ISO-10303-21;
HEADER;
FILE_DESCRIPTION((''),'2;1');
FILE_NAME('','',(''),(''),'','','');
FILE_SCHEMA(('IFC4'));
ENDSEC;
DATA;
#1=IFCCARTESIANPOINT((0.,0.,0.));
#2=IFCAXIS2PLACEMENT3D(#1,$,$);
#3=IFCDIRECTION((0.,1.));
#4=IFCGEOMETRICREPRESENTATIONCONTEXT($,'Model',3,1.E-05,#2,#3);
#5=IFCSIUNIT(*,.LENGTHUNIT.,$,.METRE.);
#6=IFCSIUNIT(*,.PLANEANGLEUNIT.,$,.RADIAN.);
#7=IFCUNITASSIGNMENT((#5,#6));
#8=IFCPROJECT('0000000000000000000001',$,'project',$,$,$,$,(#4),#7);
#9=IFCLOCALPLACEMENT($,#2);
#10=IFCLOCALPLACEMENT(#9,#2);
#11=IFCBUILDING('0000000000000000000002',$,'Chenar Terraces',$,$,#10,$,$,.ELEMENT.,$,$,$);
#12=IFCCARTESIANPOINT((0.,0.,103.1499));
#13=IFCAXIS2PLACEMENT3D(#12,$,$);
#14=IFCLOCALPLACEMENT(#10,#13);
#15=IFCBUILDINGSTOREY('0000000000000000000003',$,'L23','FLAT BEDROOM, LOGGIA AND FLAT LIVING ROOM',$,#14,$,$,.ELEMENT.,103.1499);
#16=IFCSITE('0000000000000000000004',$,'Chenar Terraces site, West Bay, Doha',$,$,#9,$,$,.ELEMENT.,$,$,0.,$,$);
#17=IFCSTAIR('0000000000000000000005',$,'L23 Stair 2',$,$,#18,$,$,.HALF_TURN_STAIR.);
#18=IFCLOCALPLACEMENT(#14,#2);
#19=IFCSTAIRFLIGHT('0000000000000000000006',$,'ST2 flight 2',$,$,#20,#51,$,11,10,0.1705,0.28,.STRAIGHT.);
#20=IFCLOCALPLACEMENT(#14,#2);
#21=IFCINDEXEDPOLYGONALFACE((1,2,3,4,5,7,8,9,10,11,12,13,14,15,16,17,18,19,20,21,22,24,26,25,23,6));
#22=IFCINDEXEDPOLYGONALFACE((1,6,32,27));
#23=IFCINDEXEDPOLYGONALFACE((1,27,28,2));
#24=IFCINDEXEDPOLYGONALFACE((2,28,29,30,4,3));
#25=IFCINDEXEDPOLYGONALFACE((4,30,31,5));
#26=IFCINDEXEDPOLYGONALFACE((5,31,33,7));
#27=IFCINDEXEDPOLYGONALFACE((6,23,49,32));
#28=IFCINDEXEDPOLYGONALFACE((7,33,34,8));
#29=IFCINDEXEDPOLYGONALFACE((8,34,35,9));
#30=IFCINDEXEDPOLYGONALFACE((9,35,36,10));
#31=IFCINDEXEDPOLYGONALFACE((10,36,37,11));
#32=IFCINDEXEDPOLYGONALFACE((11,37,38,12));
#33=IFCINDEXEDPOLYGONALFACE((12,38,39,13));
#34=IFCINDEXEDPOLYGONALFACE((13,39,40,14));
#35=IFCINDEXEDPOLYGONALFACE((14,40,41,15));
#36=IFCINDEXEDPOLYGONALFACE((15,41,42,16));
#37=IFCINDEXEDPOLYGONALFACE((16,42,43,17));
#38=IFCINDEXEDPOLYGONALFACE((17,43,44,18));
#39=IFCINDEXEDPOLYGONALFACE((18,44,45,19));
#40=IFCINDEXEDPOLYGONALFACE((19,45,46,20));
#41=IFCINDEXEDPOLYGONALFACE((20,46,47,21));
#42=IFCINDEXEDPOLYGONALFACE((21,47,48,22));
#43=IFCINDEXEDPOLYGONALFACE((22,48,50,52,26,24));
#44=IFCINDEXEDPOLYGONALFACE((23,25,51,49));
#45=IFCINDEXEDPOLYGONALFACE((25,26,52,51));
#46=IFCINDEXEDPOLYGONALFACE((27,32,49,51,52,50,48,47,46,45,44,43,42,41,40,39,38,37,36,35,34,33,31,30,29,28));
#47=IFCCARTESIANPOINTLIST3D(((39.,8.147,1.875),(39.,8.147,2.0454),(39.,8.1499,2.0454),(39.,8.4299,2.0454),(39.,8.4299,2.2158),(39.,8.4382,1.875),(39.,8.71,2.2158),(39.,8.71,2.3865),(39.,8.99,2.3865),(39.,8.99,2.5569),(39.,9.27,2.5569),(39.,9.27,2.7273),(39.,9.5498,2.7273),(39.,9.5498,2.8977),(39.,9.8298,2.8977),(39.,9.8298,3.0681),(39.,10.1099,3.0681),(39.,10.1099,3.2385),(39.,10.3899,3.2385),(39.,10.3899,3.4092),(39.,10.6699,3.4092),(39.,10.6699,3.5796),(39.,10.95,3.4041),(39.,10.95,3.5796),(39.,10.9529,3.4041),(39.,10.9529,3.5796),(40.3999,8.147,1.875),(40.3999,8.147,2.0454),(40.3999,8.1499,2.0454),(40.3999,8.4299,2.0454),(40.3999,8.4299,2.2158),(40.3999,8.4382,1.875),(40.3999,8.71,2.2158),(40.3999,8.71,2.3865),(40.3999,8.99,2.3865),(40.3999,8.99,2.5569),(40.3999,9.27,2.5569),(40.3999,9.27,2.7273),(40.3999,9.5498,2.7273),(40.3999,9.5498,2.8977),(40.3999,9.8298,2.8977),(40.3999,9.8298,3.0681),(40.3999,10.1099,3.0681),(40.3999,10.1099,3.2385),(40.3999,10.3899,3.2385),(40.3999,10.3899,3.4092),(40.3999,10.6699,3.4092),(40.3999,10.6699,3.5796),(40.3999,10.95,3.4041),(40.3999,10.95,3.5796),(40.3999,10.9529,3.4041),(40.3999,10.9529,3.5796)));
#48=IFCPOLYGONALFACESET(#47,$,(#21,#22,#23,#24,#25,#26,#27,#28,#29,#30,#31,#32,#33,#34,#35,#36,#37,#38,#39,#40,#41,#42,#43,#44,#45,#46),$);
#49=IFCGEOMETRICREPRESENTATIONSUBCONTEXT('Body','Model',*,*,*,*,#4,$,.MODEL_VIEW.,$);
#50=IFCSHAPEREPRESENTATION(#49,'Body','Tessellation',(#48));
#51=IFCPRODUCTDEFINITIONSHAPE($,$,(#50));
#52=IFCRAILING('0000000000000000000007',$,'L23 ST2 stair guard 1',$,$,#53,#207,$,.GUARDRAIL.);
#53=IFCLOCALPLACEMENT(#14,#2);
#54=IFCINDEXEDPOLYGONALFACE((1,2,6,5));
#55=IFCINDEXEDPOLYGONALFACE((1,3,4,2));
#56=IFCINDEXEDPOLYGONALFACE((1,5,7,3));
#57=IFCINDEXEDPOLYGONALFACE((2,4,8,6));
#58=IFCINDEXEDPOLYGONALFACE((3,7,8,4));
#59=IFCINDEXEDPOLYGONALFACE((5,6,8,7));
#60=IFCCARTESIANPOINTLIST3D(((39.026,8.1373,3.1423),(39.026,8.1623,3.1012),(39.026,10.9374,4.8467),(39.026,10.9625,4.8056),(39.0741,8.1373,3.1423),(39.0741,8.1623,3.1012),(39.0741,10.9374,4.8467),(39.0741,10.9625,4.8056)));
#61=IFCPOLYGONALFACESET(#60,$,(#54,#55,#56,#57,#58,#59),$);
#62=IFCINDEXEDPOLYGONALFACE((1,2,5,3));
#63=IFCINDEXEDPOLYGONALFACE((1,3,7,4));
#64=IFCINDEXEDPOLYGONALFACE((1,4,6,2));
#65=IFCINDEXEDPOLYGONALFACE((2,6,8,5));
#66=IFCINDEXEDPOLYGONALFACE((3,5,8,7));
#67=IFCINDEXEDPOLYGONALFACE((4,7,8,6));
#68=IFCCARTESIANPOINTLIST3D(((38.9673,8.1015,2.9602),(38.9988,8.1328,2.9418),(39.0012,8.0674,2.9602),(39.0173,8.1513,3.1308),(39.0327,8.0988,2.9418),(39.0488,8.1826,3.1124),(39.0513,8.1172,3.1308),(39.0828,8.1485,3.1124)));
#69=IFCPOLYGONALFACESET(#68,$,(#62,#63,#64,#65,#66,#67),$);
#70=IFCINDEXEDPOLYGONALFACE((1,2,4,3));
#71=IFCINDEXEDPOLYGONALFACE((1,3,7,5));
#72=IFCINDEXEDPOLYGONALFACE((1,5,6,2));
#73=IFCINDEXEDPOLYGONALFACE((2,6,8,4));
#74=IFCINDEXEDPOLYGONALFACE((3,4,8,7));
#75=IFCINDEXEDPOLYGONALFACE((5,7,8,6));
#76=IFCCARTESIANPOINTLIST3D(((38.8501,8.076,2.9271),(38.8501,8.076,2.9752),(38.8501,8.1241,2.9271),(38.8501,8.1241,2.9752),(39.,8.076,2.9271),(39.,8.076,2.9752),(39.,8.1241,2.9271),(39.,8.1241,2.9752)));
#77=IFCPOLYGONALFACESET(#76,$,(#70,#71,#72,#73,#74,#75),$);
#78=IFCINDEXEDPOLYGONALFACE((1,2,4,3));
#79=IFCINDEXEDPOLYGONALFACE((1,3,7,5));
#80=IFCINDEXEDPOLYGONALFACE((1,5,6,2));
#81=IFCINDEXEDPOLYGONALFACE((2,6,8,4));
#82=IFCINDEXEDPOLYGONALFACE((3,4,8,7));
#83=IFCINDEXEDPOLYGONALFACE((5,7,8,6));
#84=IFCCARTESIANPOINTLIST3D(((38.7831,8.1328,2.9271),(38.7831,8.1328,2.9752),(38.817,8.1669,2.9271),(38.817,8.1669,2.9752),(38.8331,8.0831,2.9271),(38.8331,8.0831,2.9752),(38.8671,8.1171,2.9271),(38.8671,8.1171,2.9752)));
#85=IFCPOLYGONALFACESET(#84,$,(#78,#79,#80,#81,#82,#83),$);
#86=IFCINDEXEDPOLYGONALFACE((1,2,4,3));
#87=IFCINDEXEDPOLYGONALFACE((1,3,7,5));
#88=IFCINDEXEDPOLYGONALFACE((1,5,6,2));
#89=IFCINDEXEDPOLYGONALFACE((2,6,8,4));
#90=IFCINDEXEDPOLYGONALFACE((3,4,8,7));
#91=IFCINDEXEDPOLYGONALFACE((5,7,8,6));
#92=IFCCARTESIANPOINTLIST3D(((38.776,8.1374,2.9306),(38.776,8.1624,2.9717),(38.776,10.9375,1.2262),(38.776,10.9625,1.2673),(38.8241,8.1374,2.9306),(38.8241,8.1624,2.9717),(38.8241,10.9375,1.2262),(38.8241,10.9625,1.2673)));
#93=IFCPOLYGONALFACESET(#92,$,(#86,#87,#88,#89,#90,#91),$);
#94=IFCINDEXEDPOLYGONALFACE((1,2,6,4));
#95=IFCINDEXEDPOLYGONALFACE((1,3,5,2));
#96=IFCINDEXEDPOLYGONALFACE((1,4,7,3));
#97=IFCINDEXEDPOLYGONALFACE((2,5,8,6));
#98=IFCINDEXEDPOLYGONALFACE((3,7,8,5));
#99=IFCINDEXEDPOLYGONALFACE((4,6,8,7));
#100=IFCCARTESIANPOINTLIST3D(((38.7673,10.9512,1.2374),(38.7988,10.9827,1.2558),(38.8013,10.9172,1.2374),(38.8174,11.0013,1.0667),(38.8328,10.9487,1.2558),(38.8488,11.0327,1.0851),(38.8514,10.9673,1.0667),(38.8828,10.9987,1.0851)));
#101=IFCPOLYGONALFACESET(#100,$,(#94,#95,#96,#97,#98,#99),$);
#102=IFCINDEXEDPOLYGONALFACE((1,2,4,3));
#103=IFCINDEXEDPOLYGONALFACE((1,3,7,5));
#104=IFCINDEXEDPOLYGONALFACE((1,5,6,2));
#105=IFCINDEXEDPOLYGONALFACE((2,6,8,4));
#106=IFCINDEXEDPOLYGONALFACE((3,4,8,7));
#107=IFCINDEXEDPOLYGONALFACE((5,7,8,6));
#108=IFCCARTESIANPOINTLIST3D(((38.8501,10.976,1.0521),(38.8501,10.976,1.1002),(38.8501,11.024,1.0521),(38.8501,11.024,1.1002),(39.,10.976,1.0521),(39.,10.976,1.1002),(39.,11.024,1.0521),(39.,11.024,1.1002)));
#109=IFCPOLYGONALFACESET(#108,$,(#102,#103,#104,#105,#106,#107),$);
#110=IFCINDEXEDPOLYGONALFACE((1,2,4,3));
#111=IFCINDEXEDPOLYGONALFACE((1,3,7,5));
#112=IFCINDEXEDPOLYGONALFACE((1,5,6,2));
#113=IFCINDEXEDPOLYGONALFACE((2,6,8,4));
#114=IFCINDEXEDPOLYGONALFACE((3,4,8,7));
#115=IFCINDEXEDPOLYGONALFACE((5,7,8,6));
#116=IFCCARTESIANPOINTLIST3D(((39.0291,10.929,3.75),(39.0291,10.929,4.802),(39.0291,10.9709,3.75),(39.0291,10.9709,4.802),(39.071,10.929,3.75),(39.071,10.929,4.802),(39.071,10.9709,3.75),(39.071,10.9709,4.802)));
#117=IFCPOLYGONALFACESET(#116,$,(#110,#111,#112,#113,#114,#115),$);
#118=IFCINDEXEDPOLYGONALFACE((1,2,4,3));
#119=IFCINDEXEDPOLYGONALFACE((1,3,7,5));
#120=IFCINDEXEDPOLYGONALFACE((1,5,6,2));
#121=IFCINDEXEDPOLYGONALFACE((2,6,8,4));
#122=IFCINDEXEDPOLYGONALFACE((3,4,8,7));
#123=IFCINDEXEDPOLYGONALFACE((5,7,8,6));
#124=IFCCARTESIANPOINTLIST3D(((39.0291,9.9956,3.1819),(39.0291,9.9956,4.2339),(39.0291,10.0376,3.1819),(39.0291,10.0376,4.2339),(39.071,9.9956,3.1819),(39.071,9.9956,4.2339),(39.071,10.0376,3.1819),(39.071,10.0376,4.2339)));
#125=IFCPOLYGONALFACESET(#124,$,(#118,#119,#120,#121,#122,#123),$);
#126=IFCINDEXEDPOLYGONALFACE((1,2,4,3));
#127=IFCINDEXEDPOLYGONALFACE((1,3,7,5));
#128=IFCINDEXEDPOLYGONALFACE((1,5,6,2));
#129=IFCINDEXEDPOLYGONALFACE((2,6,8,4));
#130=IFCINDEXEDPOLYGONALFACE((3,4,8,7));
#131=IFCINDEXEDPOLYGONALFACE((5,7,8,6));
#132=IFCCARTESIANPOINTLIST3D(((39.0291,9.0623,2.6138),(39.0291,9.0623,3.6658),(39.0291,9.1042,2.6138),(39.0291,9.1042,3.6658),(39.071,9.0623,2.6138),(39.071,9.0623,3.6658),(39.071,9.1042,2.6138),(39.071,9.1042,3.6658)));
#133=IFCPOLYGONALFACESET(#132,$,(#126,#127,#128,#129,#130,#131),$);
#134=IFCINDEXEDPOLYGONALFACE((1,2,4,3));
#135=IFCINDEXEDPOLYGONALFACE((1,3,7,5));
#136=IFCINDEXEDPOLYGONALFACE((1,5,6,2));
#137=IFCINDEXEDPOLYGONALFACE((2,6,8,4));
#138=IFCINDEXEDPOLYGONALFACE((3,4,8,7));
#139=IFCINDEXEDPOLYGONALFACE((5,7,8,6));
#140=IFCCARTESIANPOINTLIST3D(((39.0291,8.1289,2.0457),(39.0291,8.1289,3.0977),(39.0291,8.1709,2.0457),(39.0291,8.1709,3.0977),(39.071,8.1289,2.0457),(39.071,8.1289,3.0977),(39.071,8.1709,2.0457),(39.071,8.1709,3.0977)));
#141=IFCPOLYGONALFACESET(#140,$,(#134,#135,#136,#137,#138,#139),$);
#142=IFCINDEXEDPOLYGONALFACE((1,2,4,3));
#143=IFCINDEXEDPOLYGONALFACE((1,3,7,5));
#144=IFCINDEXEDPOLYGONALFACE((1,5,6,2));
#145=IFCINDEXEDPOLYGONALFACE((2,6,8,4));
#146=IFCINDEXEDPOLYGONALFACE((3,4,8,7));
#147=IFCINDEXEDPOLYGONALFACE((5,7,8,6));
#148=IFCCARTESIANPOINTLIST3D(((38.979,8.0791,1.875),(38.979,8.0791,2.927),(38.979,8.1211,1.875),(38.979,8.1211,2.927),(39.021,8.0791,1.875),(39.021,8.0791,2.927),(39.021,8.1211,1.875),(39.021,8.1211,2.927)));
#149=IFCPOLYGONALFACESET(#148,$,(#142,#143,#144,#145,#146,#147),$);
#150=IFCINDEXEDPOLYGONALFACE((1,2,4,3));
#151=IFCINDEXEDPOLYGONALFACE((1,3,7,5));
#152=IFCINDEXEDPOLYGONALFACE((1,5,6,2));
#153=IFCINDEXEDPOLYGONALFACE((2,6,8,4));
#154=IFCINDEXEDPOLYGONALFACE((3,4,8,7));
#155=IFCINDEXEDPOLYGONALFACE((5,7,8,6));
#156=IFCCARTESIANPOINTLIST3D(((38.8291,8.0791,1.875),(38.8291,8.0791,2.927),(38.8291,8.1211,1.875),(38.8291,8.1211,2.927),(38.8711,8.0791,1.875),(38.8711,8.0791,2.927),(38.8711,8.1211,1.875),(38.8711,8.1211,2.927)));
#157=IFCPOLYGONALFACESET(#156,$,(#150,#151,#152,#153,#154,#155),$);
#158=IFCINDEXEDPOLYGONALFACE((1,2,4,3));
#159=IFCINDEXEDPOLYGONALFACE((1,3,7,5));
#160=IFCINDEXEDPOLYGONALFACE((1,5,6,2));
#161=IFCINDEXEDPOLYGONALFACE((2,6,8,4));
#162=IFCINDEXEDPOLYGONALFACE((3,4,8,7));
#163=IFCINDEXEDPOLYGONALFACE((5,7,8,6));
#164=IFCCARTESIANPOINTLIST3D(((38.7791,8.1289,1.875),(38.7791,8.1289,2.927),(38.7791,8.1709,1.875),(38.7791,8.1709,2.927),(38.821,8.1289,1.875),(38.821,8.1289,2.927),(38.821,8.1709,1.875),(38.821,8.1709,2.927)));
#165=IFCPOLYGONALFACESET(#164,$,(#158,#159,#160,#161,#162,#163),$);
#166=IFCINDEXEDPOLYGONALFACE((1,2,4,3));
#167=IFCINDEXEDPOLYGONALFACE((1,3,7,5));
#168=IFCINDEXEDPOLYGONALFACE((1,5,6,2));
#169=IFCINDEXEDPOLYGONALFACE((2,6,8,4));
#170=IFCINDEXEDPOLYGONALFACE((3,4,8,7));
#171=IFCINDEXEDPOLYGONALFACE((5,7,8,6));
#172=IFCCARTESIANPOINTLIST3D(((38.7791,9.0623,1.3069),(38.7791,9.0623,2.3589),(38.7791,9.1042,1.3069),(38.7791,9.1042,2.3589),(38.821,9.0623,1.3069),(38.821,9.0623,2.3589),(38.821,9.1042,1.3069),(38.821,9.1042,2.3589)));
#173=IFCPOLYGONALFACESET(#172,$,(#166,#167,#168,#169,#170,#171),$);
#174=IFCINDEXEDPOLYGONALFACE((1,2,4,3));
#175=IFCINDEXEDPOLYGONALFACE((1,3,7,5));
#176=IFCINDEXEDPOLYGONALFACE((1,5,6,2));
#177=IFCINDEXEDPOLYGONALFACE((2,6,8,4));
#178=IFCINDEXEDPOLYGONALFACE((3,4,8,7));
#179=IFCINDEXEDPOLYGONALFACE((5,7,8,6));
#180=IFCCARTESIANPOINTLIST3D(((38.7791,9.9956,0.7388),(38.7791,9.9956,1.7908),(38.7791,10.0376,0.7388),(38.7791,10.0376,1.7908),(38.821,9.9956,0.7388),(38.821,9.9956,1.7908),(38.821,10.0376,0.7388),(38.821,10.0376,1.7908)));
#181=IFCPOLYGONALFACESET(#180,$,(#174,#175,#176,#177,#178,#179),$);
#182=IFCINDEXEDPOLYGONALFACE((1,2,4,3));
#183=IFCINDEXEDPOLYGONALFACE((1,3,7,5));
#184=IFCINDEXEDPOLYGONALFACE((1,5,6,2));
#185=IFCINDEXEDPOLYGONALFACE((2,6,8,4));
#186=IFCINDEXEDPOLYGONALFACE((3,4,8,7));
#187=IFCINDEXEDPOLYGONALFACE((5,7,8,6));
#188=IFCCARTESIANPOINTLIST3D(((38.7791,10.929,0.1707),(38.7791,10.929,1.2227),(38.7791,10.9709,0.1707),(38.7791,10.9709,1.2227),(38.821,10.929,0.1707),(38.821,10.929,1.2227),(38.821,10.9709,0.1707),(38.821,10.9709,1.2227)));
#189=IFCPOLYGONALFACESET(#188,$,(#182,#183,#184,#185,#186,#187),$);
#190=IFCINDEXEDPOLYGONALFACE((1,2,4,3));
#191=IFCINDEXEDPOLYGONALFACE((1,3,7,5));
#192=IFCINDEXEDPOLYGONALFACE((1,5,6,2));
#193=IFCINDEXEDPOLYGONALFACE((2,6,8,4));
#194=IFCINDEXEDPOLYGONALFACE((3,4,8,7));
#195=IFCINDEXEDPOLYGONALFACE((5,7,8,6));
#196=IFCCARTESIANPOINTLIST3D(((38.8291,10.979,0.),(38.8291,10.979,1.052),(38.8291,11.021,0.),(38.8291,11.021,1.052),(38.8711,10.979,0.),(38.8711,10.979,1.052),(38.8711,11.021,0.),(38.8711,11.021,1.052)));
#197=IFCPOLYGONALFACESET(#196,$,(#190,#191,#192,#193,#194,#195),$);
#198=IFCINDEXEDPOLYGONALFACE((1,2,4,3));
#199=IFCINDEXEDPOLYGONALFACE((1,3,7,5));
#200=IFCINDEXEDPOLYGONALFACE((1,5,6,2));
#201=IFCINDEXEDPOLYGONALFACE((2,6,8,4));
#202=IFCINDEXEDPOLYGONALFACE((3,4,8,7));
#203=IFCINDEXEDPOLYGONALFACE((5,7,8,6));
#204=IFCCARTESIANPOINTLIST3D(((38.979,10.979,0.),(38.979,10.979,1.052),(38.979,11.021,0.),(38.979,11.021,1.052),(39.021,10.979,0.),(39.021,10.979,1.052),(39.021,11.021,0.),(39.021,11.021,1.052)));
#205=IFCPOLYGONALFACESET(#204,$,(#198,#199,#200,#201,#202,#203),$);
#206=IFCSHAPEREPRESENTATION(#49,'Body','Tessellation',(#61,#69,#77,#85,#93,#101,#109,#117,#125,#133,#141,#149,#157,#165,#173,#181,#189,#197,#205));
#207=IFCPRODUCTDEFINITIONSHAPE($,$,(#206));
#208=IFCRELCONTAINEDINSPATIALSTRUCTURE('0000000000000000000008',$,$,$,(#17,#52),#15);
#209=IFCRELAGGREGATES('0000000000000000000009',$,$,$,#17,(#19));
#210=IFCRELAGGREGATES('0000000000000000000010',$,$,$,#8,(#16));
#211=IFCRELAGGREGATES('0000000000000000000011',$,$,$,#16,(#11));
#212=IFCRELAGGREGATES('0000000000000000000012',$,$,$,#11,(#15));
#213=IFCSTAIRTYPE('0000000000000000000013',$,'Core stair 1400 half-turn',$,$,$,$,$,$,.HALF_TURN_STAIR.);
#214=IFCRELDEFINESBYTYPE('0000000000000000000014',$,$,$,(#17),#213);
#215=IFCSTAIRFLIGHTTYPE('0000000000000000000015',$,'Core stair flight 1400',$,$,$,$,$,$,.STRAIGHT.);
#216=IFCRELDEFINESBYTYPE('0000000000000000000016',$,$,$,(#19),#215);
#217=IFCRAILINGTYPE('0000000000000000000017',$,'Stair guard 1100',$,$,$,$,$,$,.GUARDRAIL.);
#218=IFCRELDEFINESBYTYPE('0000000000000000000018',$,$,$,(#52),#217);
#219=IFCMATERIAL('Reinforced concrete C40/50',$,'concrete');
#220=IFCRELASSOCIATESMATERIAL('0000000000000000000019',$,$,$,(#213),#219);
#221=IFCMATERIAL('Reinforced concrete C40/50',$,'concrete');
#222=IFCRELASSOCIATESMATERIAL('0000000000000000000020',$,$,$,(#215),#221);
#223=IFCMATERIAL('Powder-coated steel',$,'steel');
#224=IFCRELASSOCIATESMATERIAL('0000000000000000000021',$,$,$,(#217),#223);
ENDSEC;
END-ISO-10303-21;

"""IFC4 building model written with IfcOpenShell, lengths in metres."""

from ifc_helpers import new_model, si_unit, direction, frame, origin, origin_2d, place, context, subcontext, project, spatial, polyline, rectangle, outline, extrude, material, type_object, element, aggregate, save


model = new_model("IFC4")

# Units and contexts
model_context = context("Model", 3, precision=1e-05, world=origin(), true_north=direction((0.0, 1.0)))
body_context = subcontext(model_context, "Body", "Model", "MODEL_VIEW")
ifc_project = project(units=[si_unit("LENGTHUNIT", "METRE"), si_unit("PLANEANGLEUNIT", "RADIAN")], contexts=[model_context])

# Site, building, storey
site_placement = place(None, origin())
site = spatial("IfcSite", under=ifc_project, at=site_placement, Name="Chenar Terraces site, West Bay, Doha", CompositionType="ELEMENT", RefElevation=0.0)
building_placement = place(site_placement, origin())
building = spatial("IfcBuilding", under=site, at=building_placement, Name="Chenar Terraces", CompositionType="ELEMENT")
storey_placement = place(building_placement, frame((0.0, 0.0, 103.1499)))
storey = spatial("IfcBuildingStorey", under=building, at=storey_placement, Name="L23", Description="FLAT BEDROOM, LOGGIA AND FLAT LIVING ROOM", CompositionType="ELEMENT", Elevation=103.1499)

# Stair, stair flight
ifc_material_1 = material(Name="Reinforced concrete C40/50", Category="concrete")
stair_type = type_object("IfcStairType", Name="Core stair 1400 half-turn", PredefinedType="HALF_TURN_STAIR", material=ifc_material_1)
stair_placement = place(storey_placement, origin())
stair = element("IfcStair", 1, at=stair_placement, inside=storey, type_object=stair_type, Name="L23 Stair 2", PredefinedType="HALF_TURN_STAIR")
ifc_material_2 = material(Name="Reinforced concrete C40/50", Category="concrete")
stair_flight_type = type_object("IfcStairFlightType", Name="Core stair flight 1400", PredefinedType="STRAIGHT", material=ifc_material_2)
stair_flight_1_placement = place(storey_placement, frame((39.7, 8.1499, 1.875), z_axis=(0.0, 0.0, 1.0), x_axis=(0.0, 1.0, 0.0)))
stair_flight_1 = element("IfcStairFlight", 2, at=stair_flight_1_placement, type_object=stair_flight_type, Name="ST2 flight 2", NumberOfRisers=11, NumberOfTreads=10, PredefinedType="STRAIGHT", RiserHeight=0.1705, TreadLength=0.28, context=body_context, shape_type="SweptSolid", body=[
    extrude(outline(polyline([(-0.0029, 0.0), (-0.0029, 0.1704), (0.0, 0.1704), (0.28, 0.1704), (0.28, 0.3408), (0.5601, 0.3408), (0.5601, 0.5115), (0.8401, 0.5115), (0.8401, 0.6819), (1.1201, 0.6819), (1.1201, 0.8523), (1.3999, 0.8523), (1.3999, 1.0227), (1.6799, 1.0227), (1.6799, 1.1931), (1.96, 1.1931), (1.96, 1.3635), (2.24, 1.3635), (2.24, 1.5342), (2.52, 1.5342), (2.52, 1.7046), (2.8, 1.7046), (2.803, 1.7046), (2.803, 1.5291), (2.8, 1.5291), (0.2883, 0.0), (-0.0029, 0.0)])), frame((0.0, 0.7, 0.0), z_axis=(0.0, -1.0, 0.0), x_axis=(1.0, 0.0, 0.0)), (0.0, 0.0, 1.0), 1.3999),
])
aggregate(stair, [stair_flight_1])

# Railing
ifc_material_3 = material(Name="Powder-coated steel", Category="steel")
railing_type_1 = type_object("IfcRailingType", Name="Stair guard 1100", PredefinedType="GUARDRAIL", material=ifc_material_3)
railing_1_placement = place(storey_placement, frame((39.05, 10.95, 3.75)))
element("IfcRailing", 3, at=railing_1_placement, inside=storey, type_object=railing_type_1, Name="L23 ST2 stair guard 1", PredefinedType="GUARDRAIL", context=body_context, shape_type="SweptSolid", body=[
    extrude(rectangle(XDim=0.0481, YDim=0.0481, at=origin_2d()), frame((0.0, 0.0, 1.0762), z_axis=(0.0, -0.854203, -0.51994), x_axis=(1.0, 0.0, 0.0)), (0.0, 0.0, 1.0), 3.2781),
    extrude(rectangle(XDim=0.0481, YDim=0.0481, at=origin_2d()), frame((0.0, -2.8, -0.6284), z_axis=(-0.270997, -0.269675, -0.924033), x_axis=(0.705376, -0.708834, 0.0)), (0.0, 0.0, 1.0), 0.1846),
    extrude(rectangle(XDim=0.0481, YDim=0.0481, at=origin_2d()), frame((-0.05, -2.8499, -0.7988), z_axis=(-1.0, 0.0, 0.0), x_axis=(0.0, -1.0, 0.0)), (0.0, 0.0, 1.0), 0.1499),
    extrude(rectangle(XDim=0.0481, YDim=0.0481, at=origin_2d()), frame((-0.2, -2.8499, -0.7988), z_axis=(-0.708834, 0.705376, 0.0), x_axis=(-0.705376, -0.708834, 0.0)), (0.0, 0.0, 1.0), 0.0706),
    extrude(rectangle(XDim=0.0481, YDim=0.0481, at=origin_2d()), frame((-0.25, -2.8, -0.7988), z_axis=(0.0, 0.854203, -0.51994), x_axis=(-1.0, 0.0, 0.0)), (0.0, 0.0, 1.0), 3.2781),
    extrude(rectangle(XDim=0.0481, YDim=0.0481, at=origin_2d()), frame((-0.25, 0.0, -2.5034), z_axis=(0.2709, 0.2709, -0.923703), x_axis=(-0.707107, 0.707107, 0.0)), (0.0, 0.0, 1.0), 0.1848),
    extrude(rectangle(XDim=0.0481, YDim=0.0481, at=origin_2d()), frame((-0.2, 0.05, -2.6738), z_axis=(1.0, 0.0, 0.0), x_axis=(0.0, 1.0, 0.0)), (0.0, 0.0, 1.0), 0.1499),
    extrude(rectangle(XDim=0.042, YDim=0.042, at=origin_2d()), origin(), (0.0, 0.0, 1.0), 1.052),
    extrude(rectangle(XDim=0.042, YDim=0.042, at=origin_2d()), frame((0.0, -0.9333, -0.5681)), (0.0, 0.0, 1.0), 1.052),
    extrude(rectangle(XDim=0.042, YDim=0.042, at=origin_2d()), frame((0.0, -1.8667, -1.1362)), (0.0, 0.0, 1.0), 1.052),
    extrude(rectangle(XDim=0.042, YDim=0.042, at=origin_2d()), frame((0.0, -2.8, -1.7043)), (0.0, 0.0, 1.0), 1.052),
    extrude(rectangle(XDim=0.042, YDim=0.042, at=origin_2d()), frame((-0.05, -2.8499, -1.875)), (0.0, 0.0, 1.0), 1.052),
    extrude(rectangle(XDim=0.042, YDim=0.042, at=origin_2d()), frame((-0.2, -2.8499, -1.875)), (0.0, 0.0, 1.0), 1.052),
    extrude(rectangle(XDim=0.042, YDim=0.042, at=origin_2d()), frame((-0.25, -2.8, -1.875)), (0.0, 0.0, 1.0), 1.052),
    extrude(rectangle(XDim=0.042, YDim=0.042, at=origin_2d()), frame((-0.25, -1.8667, -2.4431)), (0.0, 0.0, 1.0), 1.052),
    extrude(rectangle(XDim=0.042, YDim=0.042, at=origin_2d()), frame((-0.25, -0.9333, -3.0112)), (0.0, 0.0, 1.0), 1.052),
    extrude(rectangle(XDim=0.042, YDim=0.042, at=origin_2d()), frame((-0.25, 0.0, -3.5793)), (0.0, 0.0, 1.0), 1.052),
    extrude(rectangle(XDim=0.042, YDim=0.042, at=origin_2d()), frame((-0.2, 0.05, -3.75)), (0.0, 0.0, 1.0), 1.052),
    extrude(rectangle(XDim=0.042, YDim=0.042, at=origin_2d()), frame((-0.05, 0.05, -3.75)), (0.0, 0.0, 1.0), 1.052),
])

save(model, "model.ifc")
